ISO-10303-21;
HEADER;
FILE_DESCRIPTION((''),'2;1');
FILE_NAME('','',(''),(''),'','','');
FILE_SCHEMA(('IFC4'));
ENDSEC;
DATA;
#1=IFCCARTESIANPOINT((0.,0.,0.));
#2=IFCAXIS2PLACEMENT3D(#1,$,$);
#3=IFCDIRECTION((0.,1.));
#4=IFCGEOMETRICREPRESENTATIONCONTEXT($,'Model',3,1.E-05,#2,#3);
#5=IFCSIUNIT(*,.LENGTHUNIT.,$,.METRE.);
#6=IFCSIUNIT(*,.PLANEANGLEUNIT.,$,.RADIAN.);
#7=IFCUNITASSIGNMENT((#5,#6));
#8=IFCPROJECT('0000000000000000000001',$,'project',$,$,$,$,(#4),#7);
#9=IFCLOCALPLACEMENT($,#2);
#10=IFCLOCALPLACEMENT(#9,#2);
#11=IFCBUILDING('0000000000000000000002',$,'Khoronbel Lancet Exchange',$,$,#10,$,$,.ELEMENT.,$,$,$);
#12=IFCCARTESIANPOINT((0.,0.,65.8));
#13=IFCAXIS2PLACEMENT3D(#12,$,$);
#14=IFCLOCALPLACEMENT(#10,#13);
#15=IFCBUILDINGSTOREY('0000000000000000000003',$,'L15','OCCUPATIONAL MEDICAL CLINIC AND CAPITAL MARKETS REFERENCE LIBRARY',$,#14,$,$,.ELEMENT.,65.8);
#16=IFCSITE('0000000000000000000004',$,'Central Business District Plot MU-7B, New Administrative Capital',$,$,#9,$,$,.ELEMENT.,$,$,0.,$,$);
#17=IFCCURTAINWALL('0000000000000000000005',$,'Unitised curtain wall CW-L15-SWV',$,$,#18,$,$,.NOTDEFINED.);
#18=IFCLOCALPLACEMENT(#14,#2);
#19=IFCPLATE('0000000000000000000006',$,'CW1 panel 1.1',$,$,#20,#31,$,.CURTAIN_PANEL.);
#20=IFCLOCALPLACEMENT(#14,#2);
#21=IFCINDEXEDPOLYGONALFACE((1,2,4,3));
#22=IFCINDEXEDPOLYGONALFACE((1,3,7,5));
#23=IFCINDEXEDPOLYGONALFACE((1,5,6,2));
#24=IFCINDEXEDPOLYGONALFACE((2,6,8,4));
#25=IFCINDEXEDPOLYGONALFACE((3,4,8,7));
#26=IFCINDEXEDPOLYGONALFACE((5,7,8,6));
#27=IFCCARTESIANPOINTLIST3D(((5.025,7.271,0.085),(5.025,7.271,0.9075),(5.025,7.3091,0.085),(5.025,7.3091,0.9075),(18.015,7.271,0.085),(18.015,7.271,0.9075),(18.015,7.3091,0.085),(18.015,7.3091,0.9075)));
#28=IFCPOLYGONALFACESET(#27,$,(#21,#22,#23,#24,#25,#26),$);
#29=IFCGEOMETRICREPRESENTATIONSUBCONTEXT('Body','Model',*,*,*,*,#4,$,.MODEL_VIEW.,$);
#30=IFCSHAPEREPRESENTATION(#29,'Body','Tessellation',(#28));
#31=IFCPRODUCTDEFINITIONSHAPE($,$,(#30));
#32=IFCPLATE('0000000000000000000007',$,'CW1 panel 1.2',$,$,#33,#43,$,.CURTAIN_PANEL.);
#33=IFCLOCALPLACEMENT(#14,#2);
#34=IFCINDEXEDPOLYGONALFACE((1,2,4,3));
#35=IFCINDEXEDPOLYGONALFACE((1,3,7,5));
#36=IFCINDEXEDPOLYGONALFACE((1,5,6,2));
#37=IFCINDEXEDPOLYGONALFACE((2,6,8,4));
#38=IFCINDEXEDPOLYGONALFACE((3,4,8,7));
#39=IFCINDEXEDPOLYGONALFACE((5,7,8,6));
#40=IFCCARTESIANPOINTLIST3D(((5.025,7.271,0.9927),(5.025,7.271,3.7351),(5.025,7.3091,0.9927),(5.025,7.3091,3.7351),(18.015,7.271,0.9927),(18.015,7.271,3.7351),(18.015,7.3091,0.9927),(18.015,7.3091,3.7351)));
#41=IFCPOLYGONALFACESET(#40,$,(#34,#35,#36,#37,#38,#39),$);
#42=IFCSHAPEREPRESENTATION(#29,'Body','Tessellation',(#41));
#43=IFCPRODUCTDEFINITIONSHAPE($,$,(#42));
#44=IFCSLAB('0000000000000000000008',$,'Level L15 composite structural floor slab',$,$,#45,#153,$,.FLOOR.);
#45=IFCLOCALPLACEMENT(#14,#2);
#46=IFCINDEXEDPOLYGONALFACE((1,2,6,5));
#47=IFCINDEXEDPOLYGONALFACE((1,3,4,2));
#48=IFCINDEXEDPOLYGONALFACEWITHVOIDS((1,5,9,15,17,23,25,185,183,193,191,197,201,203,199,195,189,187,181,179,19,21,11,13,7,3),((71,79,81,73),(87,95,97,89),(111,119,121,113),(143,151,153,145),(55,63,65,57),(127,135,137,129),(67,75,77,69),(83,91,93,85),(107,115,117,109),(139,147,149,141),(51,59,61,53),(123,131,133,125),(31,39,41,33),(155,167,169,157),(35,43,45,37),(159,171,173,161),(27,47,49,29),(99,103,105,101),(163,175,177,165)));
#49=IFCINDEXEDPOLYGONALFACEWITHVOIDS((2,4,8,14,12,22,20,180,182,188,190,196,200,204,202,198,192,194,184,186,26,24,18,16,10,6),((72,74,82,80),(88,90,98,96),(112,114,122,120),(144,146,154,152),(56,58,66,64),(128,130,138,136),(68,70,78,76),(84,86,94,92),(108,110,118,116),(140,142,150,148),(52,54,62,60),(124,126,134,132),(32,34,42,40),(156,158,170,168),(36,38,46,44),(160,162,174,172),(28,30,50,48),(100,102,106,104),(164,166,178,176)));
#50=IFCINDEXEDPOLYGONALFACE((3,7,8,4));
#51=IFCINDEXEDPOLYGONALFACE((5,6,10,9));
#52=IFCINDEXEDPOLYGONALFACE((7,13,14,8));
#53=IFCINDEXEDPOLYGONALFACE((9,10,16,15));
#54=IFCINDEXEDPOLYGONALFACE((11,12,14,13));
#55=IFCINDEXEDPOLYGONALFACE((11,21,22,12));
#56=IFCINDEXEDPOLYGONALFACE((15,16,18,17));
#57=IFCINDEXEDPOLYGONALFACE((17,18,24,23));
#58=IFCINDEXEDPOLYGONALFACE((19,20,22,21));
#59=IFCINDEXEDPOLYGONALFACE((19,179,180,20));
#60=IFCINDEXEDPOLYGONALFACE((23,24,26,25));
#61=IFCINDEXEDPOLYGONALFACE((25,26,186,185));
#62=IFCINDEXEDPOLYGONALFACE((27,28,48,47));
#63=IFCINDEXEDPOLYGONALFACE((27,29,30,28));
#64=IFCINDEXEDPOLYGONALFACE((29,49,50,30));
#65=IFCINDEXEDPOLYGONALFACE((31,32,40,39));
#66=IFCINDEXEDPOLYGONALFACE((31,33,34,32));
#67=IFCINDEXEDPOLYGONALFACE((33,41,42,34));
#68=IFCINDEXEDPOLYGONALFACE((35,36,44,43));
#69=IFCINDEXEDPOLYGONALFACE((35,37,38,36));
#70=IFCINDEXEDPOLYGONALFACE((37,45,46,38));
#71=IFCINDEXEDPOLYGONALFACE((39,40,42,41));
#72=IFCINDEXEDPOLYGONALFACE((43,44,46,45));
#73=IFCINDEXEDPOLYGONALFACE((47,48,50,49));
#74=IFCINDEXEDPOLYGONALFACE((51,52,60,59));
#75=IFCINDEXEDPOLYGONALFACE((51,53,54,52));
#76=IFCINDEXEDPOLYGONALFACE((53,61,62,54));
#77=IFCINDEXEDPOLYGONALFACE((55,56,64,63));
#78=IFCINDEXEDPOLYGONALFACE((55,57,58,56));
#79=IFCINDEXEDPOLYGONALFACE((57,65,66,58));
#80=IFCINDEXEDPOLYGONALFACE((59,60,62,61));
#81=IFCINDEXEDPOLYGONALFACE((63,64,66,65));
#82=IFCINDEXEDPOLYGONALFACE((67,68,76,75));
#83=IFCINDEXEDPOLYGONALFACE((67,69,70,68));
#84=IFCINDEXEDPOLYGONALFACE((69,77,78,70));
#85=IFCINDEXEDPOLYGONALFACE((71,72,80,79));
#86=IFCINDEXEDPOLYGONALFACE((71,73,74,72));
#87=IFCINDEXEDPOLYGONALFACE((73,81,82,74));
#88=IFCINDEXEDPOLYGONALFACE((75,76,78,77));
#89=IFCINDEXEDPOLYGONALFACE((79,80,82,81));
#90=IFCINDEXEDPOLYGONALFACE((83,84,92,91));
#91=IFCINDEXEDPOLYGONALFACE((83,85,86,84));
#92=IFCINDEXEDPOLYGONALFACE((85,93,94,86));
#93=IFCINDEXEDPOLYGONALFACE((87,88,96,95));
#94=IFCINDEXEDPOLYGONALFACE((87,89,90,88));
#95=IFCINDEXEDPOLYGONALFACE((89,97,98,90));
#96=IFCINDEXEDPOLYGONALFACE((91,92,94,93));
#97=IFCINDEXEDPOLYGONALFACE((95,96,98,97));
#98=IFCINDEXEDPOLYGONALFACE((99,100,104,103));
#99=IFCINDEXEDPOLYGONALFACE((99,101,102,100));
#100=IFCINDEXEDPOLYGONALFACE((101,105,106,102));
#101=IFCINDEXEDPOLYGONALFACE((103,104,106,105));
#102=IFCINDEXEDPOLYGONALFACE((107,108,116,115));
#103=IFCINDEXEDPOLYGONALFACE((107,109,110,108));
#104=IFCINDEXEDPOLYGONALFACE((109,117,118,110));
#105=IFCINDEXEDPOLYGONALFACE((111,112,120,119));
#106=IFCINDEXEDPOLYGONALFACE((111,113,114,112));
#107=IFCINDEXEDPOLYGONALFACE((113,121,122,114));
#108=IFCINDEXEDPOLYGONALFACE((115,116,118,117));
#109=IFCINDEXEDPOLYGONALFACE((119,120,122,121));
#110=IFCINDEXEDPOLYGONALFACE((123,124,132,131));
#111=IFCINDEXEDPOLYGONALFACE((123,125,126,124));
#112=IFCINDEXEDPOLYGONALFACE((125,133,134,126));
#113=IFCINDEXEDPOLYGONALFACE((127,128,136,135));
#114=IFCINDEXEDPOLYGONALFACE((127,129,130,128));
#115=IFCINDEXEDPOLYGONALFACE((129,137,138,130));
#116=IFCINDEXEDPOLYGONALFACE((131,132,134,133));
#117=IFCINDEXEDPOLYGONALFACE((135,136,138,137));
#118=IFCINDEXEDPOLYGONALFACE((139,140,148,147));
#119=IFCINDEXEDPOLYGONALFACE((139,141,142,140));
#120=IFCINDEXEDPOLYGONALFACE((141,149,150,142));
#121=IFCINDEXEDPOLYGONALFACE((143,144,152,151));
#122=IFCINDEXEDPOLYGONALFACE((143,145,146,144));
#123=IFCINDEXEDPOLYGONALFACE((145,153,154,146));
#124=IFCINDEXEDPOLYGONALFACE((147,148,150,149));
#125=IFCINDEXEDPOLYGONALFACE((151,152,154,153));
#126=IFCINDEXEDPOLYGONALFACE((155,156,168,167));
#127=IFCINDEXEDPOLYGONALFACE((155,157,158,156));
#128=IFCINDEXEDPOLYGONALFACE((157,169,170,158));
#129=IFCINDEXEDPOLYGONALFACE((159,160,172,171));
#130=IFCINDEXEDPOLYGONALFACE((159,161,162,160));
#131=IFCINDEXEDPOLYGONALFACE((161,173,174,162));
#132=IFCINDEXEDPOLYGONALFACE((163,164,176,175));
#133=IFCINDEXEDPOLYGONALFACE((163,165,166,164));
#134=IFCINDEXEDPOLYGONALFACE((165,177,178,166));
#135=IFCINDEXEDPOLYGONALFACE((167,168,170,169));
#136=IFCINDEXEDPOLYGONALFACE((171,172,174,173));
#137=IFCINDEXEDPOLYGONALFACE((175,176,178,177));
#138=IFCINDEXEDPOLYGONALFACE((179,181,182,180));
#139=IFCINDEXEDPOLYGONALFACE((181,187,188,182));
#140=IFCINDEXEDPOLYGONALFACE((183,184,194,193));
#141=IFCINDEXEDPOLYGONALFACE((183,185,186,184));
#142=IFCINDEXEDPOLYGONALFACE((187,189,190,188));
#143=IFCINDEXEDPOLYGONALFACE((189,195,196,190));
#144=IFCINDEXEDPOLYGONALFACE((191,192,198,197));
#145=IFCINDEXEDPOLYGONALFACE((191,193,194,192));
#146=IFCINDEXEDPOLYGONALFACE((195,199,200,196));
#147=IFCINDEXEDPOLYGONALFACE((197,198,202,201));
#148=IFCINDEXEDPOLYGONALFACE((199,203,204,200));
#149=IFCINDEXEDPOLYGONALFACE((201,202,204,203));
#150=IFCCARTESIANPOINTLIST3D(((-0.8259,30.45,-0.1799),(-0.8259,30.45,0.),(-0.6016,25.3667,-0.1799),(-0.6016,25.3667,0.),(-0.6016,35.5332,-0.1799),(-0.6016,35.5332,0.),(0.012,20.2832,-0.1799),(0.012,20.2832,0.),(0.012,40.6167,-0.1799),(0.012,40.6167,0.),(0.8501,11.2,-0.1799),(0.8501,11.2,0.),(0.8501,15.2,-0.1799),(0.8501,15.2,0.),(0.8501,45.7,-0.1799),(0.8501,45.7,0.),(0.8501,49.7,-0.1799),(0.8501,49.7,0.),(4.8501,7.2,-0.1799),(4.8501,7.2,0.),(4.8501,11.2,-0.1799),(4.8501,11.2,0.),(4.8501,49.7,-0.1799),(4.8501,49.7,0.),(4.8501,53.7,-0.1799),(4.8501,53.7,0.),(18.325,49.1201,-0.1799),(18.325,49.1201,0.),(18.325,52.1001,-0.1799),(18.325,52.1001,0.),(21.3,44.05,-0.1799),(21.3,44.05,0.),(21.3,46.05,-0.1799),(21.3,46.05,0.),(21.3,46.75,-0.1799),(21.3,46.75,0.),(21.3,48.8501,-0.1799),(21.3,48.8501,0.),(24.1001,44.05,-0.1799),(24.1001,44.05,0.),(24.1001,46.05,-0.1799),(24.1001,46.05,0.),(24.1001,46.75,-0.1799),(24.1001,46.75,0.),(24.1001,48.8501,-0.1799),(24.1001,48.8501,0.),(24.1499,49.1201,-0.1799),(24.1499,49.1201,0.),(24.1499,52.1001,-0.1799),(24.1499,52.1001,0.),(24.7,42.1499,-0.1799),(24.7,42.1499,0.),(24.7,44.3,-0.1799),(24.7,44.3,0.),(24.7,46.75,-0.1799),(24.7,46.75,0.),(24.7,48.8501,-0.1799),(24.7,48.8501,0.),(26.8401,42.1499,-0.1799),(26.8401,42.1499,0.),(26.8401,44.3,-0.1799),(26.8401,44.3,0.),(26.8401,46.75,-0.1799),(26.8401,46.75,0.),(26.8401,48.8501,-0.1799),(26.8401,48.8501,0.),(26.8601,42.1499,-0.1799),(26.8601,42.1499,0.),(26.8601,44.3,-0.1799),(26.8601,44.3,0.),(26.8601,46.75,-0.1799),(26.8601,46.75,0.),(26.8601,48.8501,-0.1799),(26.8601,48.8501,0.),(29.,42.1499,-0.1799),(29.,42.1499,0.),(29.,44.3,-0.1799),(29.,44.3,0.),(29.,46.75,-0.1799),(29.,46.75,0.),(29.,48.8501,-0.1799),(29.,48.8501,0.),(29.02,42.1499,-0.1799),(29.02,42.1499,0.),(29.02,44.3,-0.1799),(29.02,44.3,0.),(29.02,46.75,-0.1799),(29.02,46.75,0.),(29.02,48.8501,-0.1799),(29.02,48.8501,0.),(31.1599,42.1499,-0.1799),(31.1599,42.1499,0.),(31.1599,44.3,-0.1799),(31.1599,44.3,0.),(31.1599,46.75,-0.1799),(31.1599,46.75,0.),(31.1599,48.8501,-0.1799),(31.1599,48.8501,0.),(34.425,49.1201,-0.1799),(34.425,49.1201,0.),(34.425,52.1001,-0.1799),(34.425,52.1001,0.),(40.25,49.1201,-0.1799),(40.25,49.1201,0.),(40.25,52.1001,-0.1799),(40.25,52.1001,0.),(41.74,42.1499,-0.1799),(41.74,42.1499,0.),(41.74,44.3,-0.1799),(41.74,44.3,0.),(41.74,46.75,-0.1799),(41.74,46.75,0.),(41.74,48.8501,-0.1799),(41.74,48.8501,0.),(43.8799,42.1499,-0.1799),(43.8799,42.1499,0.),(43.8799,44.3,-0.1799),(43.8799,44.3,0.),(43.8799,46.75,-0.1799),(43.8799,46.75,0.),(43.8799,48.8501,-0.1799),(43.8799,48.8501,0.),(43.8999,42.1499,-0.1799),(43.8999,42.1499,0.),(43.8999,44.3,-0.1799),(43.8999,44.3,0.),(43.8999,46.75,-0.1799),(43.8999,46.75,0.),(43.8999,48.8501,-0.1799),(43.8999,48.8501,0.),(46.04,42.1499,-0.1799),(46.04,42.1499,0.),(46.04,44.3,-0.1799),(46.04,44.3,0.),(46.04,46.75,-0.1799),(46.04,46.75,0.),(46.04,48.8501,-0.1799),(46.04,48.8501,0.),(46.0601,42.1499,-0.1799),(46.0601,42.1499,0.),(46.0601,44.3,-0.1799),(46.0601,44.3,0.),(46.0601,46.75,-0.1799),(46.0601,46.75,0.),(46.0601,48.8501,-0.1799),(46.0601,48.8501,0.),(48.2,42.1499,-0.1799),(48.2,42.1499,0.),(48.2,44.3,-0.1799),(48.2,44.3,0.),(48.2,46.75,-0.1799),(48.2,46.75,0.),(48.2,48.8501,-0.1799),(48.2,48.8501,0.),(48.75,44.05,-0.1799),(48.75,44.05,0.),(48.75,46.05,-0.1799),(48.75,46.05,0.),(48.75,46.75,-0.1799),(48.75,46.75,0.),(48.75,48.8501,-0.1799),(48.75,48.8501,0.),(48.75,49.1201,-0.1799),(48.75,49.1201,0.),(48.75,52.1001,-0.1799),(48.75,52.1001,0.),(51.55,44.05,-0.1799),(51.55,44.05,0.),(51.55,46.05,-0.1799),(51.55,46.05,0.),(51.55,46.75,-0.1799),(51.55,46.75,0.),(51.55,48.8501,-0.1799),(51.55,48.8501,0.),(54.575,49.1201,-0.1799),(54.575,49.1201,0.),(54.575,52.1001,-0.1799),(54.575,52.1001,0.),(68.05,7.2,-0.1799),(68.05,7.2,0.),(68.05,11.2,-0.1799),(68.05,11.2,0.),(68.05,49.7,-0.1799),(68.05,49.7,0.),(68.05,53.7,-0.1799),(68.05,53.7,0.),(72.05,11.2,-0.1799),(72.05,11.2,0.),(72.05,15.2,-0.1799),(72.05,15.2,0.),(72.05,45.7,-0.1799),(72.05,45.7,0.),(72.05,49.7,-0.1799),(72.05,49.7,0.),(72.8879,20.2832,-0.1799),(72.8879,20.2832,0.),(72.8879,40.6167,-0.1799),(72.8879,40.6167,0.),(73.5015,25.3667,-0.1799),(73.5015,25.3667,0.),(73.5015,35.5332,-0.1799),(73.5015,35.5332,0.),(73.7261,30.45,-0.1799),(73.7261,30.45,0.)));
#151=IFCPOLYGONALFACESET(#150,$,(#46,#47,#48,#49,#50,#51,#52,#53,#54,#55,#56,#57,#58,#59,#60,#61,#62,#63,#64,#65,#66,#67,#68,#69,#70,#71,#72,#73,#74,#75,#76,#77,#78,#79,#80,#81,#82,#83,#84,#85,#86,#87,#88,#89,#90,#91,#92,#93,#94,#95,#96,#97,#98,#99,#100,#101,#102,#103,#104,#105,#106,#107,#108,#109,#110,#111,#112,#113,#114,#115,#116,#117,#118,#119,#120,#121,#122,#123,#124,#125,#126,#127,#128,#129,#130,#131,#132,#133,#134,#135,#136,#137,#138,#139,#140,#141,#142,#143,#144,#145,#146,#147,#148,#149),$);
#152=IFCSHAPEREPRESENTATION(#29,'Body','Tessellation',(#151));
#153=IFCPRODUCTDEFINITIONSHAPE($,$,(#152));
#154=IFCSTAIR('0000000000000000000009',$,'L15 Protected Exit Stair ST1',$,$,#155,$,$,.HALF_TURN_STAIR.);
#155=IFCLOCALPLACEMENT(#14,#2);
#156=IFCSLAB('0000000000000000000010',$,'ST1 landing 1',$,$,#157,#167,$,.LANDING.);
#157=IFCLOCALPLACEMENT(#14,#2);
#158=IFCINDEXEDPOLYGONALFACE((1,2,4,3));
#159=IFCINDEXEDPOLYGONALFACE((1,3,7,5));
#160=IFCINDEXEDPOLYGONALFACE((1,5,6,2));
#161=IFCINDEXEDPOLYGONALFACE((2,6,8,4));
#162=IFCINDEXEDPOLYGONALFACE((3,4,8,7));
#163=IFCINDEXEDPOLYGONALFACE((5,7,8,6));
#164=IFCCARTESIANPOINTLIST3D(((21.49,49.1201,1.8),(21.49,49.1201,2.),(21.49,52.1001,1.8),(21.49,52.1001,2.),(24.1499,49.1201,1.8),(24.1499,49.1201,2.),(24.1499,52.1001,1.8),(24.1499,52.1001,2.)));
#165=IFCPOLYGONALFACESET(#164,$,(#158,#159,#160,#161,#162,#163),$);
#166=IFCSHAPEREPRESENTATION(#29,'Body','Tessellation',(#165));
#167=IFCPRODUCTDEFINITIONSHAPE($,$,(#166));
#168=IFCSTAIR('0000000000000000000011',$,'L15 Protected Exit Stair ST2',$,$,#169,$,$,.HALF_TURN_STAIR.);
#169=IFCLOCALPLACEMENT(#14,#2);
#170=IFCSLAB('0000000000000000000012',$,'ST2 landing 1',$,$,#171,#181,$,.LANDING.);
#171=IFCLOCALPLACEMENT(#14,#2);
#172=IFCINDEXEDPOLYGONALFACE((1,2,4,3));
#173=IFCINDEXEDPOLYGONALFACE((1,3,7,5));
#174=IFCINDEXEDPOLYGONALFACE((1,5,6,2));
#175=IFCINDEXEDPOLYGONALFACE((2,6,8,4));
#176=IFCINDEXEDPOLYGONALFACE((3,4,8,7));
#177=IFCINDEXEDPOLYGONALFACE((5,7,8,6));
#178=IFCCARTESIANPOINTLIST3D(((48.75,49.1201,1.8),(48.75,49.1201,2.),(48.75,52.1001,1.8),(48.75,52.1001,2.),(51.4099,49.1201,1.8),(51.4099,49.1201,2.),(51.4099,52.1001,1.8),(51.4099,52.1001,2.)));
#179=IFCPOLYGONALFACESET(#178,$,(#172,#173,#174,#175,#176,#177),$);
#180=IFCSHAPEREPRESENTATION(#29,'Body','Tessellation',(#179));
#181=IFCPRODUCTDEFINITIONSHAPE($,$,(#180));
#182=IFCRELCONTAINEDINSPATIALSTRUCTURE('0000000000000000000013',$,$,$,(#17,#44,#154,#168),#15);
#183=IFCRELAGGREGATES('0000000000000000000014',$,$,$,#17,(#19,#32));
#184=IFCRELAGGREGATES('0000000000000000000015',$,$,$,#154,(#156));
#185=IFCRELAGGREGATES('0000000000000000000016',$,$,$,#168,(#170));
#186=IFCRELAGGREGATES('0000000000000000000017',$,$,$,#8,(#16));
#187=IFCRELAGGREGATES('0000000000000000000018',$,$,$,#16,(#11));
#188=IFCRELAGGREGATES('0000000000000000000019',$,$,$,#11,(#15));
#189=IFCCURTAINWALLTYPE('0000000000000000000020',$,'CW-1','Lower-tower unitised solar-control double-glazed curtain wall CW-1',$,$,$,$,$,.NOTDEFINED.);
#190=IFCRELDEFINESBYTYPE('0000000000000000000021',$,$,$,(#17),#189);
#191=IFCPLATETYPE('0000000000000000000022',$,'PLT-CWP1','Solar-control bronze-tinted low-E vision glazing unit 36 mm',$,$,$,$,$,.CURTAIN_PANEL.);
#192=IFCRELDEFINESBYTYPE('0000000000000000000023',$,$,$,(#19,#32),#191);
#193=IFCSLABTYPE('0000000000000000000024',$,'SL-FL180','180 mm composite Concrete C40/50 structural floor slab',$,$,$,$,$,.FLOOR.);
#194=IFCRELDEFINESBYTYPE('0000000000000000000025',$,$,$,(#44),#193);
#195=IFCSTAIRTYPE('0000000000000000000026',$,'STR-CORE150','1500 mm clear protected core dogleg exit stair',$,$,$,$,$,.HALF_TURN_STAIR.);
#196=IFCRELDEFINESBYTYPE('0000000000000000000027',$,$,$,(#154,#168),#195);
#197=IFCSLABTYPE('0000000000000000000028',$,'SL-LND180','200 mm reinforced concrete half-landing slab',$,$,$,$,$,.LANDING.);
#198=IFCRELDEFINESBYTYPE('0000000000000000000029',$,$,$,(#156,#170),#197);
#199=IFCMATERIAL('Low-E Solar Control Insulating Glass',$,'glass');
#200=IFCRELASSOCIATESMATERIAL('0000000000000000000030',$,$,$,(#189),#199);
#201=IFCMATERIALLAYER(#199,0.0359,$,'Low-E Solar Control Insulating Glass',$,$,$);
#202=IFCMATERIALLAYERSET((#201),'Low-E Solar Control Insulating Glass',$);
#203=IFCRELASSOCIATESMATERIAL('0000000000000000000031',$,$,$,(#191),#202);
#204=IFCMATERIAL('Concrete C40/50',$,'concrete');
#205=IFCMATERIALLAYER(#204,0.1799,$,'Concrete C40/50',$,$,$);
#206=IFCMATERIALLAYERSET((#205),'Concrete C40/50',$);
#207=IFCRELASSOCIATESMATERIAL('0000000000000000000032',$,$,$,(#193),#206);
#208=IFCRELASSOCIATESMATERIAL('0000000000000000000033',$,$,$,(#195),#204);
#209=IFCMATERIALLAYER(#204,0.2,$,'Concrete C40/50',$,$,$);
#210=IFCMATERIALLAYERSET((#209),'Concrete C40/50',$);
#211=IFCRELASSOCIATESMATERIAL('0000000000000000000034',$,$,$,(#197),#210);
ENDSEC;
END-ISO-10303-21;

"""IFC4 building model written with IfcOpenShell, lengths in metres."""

from ifc_helpers import new_model, si_unit, direction, frame, origin, origin_2d, place, context, subcontext, project, spatial, polyline, rectangle, outline, extrude, material, layer, layer_set, type_object, element, aggregate, save


model = new_model("IFC4")

# Units and contexts
model_context = context("Model", 3, precision=1e-05, world=origin(), true_north=direction((0.0, 1.0)))
body_context = subcontext(model_context, "Body", "Model", "MODEL_VIEW")
ifc_project = project(units=[si_unit("LENGTHUNIT", "METRE"), si_unit("PLANEANGLEUNIT", "RADIAN")], contexts=[model_context])

# Site, building, storey
site_placement = place(None, origin())
site = spatial("IfcSite", under=ifc_project, at=site_placement, Name="Central Business District Plot MU-7B, New Administrative Capital", CompositionType="ELEMENT", RefElevation=0.0)
building_placement = place(site_placement, origin())
building = spatial("IfcBuilding", under=site, at=building_placement, Name="Khoronbel Lancet Exchange", CompositionType="ELEMENT")
storey_placement = place(building_placement, frame((0.0, 0.0, 65.8)))
storey = spatial("IfcBuildingStorey", under=building, at=storey_placement, Name="L15", Description="OCCUPATIONAL MEDICAL CLINIC AND CAPITAL MARKETS REFERENCE LIBRARY", CompositionType="ELEMENT", Elevation=65.8)

# Curtain wall
ifc_material_1 = material(Name="Low-E Solar Control Insulating Glass", Category="glass")
curtain_wall_type = type_object("IfcCurtainWallType", Name="CW-1", Description="Lower-tower unitised solar-control double-glazed curtain wall CW-1", PredefinedType="NOTDEFINED", material=ifc_material_1)
curtain_wall_1_placement = place(storey_placement, origin())
curtain_wall_1 = element("IfcCurtainWall", 1, at=curtain_wall_1_placement, inside=storey, type_object=curtain_wall_type, Name="Unitised curtain wall CW-L15-SWV", PredefinedType="NOTDEFINED")

# Plates
ifc_layer_1 = layer(ifc_material_1, 0.0359, Name="Low-E Solar Control Insulating Glass")
ifc_layer_set_1 = layer_set([ifc_layer_1], Name="Low-E Solar Control Insulating Glass")
plate_type_1 = type_object("IfcPlateType", Name="PLT-CWP1", Description="Solar-control bronze-tinted low-E vision glazing unit 36 mm", PredefinedType="CURTAIN_PANEL", material=ifc_layer_set_1)
plate_1_placement = place(storey_placement, frame((11.52, 7.29, 0.085), z_axis=(0.0, 0.0, 1.0), x_axis=(1.0, 0.0, 0.0)))
plate_1 = element("IfcPlate", 2, at=plate_1_placement, type_object=plate_type_1, Name="CW1 panel 1.1", PredefinedType="CURTAIN_PANEL", context=body_context, shape_type="SweptSolid", body=[
    extrude(rectangle(XDim=12.99, YDim=0.0381, at=origin_2d()), origin(), (0.0, 0.0, 1.0), 0.8225),
])
plate_2_placement = place(storey_placement, frame((11.52, 7.29, 0.9927), z_axis=(0.0, 0.0, 1.0), x_axis=(1.0, 0.0, 0.0)))
plate_2 = element("IfcPlate", 3, at=plate_2_placement, type_object=plate_type_1, Name="CW1 panel 1.2", PredefinedType="CURTAIN_PANEL", context=body_context, shape_type="SweptSolid", body=[
    extrude(rectangle(XDim=12.99, YDim=0.0381, at=origin_2d()), origin(), (0.0, 0.0, 1.0), 2.7424),
])
aggregate(curtain_wall_1, [plate_1, plate_2])

# Slab
ifc_material_2 = material(Name="Concrete C40/50", Category="concrete")
ifc_layer_2 = layer(ifc_material_2, 0.1799, Name="Concrete C40/50")
ifc_layer_set_2 = layer_set([ifc_layer_2], Name="Concrete C40/50")
slab_type_1 = type_object("IfcSlabType", Name="SL-FL180", Description="180 mm composite Concrete C40/50 structural floor slab", PredefinedType="FLOOR", material=ifc_layer_set_2)
slab_1_placement = place(storey_placement, frame((0.0, 0.0, -0.1799)))
element("IfcSlab", 4, at=slab_1_placement, inside=storey, type_object=slab_type_1, Name="Level L15 composite structural floor slab", PredefinedType="FLOOR", context=body_context, shape_type="SweptSolid", body=[
    extrude(outline(polyline([(4.8501, 7.2), (68.05, 7.2), (68.05, 11.2), (72.05, 11.2), (72.05, 15.2), (72.8879, 20.2832), (73.5015, 25.3667), (73.7261, 30.45), (73.5015, 35.5332), (72.8879, 40.6167), (72.05, 45.7), (72.05, 49.7), (68.05, 49.7), (68.05, 53.7), (4.8501, 53.7), (4.8501, 49.7), (0.8501, 49.7), (0.8501, 45.7), (0.012, 40.6167), (-0.6016, 35.5332), (-0.8259, 30.45), (-0.6016, 25.3667), (0.012, 20.2832), (0.8501, 15.2), (0.8501, 11.2), (4.8501, 11.2), (4.8501, 7.2)]), holes=[polyline([(18.325, 49.1201), (24.1499, 49.1201), (24.1499, 52.1001), (18.325, 52.1001), (18.325, 49.1201)]), polyline([(48.75, 49.1201), (54.575, 49.1201), (54.575, 52.1001), (48.75, 52.1001), (48.75, 49.1201)]), polyline([(34.425, 49.1201), (40.25, 49.1201), (40.25, 52.1001), (34.425, 52.1001), (34.425, 49.1201)]), polyline([(24.7, 46.75), (26.8401, 46.75), (26.8401, 48.8501), (24.7, 48.8501), (24.7, 46.75)]), polyline([(26.8601, 46.75), (29.0, 46.75), (29.0, 48.8501), (26.8601, 48.8501), (26.8601, 46.75)]), polyline([(29.02, 46.75), (31.1599, 46.75), (31.1599, 48.8501), (29.02, 48.8501), (29.02, 46.75)]), polyline([(24.7, 42.1499), (26.8401, 42.1499), (26.8401, 44.3), (24.7, 44.3), (24.7, 42.1499)]), polyline([(26.8601, 42.1499), (29.0, 42.1499), (29.0, 44.3), (26.8601, 44.3), (26.8601, 42.1499)]), polyline([(29.02, 42.1499), (31.1599, 42.1499), (31.1599, 44.3), (29.02, 44.3), (29.02, 42.1499)]), polyline([(41.74, 46.75), (43.8799, 46.75), (43.8799, 48.8501), (41.74, 48.8501), (41.74, 46.75)]), polyline([(43.8999, 46.75), (46.04, 46.75), (46.04, 48.8501), (43.8999, 48.8501), (43.8999, 46.75)]), polyline([(46.0601, 46.75), (48.2, 46.75), (48.2, 48.8501), (46.0601, 48.8501), (46.0601, 46.75)]), polyline([(41.74, 42.1499), (43.8799, 42.1499), (43.8799, 44.3), (41.74, 44.3), (41.74, 42.1499)]), polyline([(43.8999, 42.1499), (46.04, 42.1499), (46.04, 44.3), (43.8999, 44.3), (43.8999, 42.1499)]), polyline([(46.0601, 42.1499), (48.2, 42.1499), (48.2, 44.3), (46.0601, 44.3), (46.0601, 42.1499)]), polyline([(21.3, 46.75), (24.1001, 46.75), (24.1001, 48.8501), (21.3, 48.8501), (21.3, 46.75)]), polyline([(48.75, 46.75), (51.55, 46.75), (51.55, 48.8501), (48.75, 48.8501), (48.75, 46.75)]), polyline([(21.3, 44.05), (24.1001, 44.05), (24.1001, 46.05), (21.3, 46.05), (21.3, 44.05)]), polyline([(48.75, 44.05), (51.55, 44.05), (51.55, 46.05), (48.75, 46.05), (48.75, 44.05)])]), origin(), (0.0, 0.0, 1.0), 0.1799),
])

# Stairs, slabs
stair_type = type_object("IfcStairType", Name="STR-CORE150", Description="1500 mm clear protected core dogleg exit stair", PredefinedType="HALF_TURN_STAIR", material=ifc_material_2)
stair_1_placement = place(storey_placement, origin())
stair_1 = element("IfcStair", 5, at=stair_1_placement, inside=storey, type_object=stair_type, Name="L15 Protected Exit Stair ST1", PredefinedType="HALF_TURN_STAIR")
ifc_layer_3 = layer(ifc_material_2, 0.2, Name="Concrete C40/50")
ifc_layer_set_3 = layer_set([ifc_layer_3], Name="Concrete C40/50")
slab_type_2 = type_object("IfcSlabType", Name="SL-LND180", Description="200 mm reinforced concrete half-landing slab", PredefinedType="LANDING", material=ifc_layer_set_3)
slab_2_placement = place(storey_placement, frame((0.0, 0.0, 1.8)))
slab_2 = element("IfcSlab", 6, at=slab_2_placement, type_object=slab_type_2, Name="ST1 landing 1", PredefinedType="LANDING", context=body_context, shape_type="SweptSolid", body=[
    extrude(outline(polyline([(21.49, 49.1201), (24.1499, 49.1201), (24.1499, 52.1001), (21.49, 52.1001), (21.49, 49.1201)])), origin(), (0.0, 0.0, 1.0), 0.2),
])
aggregate(stair_1, [slab_2])
stair_2_placement = place(storey_placement, origin())
stair_2 = element("IfcStair", 7, at=stair_2_placement, inside=storey, type_object=stair_type, Name="L15 Protected Exit Stair ST2", PredefinedType="HALF_TURN_STAIR")
slab_3_placement = place(storey_placement, frame((0.0, 0.0, 1.8)))
slab_3 = element("IfcSlab", 8, at=slab_3_placement, type_object=slab_type_2, Name="ST2 landing 1", PredefinedType="LANDING", context=body_context, shape_type="SweptSolid", body=[
    extrude(outline(polyline([(51.4099, 52.1001), (48.75, 52.1001), (48.75, 49.1201), (51.4099, 49.1201), (51.4099, 52.1001)])), origin(), (0.0, 0.0, 1.0), 0.2),
])
aggregate(stair_2, [slab_3])

save(model, "model.ifc")
